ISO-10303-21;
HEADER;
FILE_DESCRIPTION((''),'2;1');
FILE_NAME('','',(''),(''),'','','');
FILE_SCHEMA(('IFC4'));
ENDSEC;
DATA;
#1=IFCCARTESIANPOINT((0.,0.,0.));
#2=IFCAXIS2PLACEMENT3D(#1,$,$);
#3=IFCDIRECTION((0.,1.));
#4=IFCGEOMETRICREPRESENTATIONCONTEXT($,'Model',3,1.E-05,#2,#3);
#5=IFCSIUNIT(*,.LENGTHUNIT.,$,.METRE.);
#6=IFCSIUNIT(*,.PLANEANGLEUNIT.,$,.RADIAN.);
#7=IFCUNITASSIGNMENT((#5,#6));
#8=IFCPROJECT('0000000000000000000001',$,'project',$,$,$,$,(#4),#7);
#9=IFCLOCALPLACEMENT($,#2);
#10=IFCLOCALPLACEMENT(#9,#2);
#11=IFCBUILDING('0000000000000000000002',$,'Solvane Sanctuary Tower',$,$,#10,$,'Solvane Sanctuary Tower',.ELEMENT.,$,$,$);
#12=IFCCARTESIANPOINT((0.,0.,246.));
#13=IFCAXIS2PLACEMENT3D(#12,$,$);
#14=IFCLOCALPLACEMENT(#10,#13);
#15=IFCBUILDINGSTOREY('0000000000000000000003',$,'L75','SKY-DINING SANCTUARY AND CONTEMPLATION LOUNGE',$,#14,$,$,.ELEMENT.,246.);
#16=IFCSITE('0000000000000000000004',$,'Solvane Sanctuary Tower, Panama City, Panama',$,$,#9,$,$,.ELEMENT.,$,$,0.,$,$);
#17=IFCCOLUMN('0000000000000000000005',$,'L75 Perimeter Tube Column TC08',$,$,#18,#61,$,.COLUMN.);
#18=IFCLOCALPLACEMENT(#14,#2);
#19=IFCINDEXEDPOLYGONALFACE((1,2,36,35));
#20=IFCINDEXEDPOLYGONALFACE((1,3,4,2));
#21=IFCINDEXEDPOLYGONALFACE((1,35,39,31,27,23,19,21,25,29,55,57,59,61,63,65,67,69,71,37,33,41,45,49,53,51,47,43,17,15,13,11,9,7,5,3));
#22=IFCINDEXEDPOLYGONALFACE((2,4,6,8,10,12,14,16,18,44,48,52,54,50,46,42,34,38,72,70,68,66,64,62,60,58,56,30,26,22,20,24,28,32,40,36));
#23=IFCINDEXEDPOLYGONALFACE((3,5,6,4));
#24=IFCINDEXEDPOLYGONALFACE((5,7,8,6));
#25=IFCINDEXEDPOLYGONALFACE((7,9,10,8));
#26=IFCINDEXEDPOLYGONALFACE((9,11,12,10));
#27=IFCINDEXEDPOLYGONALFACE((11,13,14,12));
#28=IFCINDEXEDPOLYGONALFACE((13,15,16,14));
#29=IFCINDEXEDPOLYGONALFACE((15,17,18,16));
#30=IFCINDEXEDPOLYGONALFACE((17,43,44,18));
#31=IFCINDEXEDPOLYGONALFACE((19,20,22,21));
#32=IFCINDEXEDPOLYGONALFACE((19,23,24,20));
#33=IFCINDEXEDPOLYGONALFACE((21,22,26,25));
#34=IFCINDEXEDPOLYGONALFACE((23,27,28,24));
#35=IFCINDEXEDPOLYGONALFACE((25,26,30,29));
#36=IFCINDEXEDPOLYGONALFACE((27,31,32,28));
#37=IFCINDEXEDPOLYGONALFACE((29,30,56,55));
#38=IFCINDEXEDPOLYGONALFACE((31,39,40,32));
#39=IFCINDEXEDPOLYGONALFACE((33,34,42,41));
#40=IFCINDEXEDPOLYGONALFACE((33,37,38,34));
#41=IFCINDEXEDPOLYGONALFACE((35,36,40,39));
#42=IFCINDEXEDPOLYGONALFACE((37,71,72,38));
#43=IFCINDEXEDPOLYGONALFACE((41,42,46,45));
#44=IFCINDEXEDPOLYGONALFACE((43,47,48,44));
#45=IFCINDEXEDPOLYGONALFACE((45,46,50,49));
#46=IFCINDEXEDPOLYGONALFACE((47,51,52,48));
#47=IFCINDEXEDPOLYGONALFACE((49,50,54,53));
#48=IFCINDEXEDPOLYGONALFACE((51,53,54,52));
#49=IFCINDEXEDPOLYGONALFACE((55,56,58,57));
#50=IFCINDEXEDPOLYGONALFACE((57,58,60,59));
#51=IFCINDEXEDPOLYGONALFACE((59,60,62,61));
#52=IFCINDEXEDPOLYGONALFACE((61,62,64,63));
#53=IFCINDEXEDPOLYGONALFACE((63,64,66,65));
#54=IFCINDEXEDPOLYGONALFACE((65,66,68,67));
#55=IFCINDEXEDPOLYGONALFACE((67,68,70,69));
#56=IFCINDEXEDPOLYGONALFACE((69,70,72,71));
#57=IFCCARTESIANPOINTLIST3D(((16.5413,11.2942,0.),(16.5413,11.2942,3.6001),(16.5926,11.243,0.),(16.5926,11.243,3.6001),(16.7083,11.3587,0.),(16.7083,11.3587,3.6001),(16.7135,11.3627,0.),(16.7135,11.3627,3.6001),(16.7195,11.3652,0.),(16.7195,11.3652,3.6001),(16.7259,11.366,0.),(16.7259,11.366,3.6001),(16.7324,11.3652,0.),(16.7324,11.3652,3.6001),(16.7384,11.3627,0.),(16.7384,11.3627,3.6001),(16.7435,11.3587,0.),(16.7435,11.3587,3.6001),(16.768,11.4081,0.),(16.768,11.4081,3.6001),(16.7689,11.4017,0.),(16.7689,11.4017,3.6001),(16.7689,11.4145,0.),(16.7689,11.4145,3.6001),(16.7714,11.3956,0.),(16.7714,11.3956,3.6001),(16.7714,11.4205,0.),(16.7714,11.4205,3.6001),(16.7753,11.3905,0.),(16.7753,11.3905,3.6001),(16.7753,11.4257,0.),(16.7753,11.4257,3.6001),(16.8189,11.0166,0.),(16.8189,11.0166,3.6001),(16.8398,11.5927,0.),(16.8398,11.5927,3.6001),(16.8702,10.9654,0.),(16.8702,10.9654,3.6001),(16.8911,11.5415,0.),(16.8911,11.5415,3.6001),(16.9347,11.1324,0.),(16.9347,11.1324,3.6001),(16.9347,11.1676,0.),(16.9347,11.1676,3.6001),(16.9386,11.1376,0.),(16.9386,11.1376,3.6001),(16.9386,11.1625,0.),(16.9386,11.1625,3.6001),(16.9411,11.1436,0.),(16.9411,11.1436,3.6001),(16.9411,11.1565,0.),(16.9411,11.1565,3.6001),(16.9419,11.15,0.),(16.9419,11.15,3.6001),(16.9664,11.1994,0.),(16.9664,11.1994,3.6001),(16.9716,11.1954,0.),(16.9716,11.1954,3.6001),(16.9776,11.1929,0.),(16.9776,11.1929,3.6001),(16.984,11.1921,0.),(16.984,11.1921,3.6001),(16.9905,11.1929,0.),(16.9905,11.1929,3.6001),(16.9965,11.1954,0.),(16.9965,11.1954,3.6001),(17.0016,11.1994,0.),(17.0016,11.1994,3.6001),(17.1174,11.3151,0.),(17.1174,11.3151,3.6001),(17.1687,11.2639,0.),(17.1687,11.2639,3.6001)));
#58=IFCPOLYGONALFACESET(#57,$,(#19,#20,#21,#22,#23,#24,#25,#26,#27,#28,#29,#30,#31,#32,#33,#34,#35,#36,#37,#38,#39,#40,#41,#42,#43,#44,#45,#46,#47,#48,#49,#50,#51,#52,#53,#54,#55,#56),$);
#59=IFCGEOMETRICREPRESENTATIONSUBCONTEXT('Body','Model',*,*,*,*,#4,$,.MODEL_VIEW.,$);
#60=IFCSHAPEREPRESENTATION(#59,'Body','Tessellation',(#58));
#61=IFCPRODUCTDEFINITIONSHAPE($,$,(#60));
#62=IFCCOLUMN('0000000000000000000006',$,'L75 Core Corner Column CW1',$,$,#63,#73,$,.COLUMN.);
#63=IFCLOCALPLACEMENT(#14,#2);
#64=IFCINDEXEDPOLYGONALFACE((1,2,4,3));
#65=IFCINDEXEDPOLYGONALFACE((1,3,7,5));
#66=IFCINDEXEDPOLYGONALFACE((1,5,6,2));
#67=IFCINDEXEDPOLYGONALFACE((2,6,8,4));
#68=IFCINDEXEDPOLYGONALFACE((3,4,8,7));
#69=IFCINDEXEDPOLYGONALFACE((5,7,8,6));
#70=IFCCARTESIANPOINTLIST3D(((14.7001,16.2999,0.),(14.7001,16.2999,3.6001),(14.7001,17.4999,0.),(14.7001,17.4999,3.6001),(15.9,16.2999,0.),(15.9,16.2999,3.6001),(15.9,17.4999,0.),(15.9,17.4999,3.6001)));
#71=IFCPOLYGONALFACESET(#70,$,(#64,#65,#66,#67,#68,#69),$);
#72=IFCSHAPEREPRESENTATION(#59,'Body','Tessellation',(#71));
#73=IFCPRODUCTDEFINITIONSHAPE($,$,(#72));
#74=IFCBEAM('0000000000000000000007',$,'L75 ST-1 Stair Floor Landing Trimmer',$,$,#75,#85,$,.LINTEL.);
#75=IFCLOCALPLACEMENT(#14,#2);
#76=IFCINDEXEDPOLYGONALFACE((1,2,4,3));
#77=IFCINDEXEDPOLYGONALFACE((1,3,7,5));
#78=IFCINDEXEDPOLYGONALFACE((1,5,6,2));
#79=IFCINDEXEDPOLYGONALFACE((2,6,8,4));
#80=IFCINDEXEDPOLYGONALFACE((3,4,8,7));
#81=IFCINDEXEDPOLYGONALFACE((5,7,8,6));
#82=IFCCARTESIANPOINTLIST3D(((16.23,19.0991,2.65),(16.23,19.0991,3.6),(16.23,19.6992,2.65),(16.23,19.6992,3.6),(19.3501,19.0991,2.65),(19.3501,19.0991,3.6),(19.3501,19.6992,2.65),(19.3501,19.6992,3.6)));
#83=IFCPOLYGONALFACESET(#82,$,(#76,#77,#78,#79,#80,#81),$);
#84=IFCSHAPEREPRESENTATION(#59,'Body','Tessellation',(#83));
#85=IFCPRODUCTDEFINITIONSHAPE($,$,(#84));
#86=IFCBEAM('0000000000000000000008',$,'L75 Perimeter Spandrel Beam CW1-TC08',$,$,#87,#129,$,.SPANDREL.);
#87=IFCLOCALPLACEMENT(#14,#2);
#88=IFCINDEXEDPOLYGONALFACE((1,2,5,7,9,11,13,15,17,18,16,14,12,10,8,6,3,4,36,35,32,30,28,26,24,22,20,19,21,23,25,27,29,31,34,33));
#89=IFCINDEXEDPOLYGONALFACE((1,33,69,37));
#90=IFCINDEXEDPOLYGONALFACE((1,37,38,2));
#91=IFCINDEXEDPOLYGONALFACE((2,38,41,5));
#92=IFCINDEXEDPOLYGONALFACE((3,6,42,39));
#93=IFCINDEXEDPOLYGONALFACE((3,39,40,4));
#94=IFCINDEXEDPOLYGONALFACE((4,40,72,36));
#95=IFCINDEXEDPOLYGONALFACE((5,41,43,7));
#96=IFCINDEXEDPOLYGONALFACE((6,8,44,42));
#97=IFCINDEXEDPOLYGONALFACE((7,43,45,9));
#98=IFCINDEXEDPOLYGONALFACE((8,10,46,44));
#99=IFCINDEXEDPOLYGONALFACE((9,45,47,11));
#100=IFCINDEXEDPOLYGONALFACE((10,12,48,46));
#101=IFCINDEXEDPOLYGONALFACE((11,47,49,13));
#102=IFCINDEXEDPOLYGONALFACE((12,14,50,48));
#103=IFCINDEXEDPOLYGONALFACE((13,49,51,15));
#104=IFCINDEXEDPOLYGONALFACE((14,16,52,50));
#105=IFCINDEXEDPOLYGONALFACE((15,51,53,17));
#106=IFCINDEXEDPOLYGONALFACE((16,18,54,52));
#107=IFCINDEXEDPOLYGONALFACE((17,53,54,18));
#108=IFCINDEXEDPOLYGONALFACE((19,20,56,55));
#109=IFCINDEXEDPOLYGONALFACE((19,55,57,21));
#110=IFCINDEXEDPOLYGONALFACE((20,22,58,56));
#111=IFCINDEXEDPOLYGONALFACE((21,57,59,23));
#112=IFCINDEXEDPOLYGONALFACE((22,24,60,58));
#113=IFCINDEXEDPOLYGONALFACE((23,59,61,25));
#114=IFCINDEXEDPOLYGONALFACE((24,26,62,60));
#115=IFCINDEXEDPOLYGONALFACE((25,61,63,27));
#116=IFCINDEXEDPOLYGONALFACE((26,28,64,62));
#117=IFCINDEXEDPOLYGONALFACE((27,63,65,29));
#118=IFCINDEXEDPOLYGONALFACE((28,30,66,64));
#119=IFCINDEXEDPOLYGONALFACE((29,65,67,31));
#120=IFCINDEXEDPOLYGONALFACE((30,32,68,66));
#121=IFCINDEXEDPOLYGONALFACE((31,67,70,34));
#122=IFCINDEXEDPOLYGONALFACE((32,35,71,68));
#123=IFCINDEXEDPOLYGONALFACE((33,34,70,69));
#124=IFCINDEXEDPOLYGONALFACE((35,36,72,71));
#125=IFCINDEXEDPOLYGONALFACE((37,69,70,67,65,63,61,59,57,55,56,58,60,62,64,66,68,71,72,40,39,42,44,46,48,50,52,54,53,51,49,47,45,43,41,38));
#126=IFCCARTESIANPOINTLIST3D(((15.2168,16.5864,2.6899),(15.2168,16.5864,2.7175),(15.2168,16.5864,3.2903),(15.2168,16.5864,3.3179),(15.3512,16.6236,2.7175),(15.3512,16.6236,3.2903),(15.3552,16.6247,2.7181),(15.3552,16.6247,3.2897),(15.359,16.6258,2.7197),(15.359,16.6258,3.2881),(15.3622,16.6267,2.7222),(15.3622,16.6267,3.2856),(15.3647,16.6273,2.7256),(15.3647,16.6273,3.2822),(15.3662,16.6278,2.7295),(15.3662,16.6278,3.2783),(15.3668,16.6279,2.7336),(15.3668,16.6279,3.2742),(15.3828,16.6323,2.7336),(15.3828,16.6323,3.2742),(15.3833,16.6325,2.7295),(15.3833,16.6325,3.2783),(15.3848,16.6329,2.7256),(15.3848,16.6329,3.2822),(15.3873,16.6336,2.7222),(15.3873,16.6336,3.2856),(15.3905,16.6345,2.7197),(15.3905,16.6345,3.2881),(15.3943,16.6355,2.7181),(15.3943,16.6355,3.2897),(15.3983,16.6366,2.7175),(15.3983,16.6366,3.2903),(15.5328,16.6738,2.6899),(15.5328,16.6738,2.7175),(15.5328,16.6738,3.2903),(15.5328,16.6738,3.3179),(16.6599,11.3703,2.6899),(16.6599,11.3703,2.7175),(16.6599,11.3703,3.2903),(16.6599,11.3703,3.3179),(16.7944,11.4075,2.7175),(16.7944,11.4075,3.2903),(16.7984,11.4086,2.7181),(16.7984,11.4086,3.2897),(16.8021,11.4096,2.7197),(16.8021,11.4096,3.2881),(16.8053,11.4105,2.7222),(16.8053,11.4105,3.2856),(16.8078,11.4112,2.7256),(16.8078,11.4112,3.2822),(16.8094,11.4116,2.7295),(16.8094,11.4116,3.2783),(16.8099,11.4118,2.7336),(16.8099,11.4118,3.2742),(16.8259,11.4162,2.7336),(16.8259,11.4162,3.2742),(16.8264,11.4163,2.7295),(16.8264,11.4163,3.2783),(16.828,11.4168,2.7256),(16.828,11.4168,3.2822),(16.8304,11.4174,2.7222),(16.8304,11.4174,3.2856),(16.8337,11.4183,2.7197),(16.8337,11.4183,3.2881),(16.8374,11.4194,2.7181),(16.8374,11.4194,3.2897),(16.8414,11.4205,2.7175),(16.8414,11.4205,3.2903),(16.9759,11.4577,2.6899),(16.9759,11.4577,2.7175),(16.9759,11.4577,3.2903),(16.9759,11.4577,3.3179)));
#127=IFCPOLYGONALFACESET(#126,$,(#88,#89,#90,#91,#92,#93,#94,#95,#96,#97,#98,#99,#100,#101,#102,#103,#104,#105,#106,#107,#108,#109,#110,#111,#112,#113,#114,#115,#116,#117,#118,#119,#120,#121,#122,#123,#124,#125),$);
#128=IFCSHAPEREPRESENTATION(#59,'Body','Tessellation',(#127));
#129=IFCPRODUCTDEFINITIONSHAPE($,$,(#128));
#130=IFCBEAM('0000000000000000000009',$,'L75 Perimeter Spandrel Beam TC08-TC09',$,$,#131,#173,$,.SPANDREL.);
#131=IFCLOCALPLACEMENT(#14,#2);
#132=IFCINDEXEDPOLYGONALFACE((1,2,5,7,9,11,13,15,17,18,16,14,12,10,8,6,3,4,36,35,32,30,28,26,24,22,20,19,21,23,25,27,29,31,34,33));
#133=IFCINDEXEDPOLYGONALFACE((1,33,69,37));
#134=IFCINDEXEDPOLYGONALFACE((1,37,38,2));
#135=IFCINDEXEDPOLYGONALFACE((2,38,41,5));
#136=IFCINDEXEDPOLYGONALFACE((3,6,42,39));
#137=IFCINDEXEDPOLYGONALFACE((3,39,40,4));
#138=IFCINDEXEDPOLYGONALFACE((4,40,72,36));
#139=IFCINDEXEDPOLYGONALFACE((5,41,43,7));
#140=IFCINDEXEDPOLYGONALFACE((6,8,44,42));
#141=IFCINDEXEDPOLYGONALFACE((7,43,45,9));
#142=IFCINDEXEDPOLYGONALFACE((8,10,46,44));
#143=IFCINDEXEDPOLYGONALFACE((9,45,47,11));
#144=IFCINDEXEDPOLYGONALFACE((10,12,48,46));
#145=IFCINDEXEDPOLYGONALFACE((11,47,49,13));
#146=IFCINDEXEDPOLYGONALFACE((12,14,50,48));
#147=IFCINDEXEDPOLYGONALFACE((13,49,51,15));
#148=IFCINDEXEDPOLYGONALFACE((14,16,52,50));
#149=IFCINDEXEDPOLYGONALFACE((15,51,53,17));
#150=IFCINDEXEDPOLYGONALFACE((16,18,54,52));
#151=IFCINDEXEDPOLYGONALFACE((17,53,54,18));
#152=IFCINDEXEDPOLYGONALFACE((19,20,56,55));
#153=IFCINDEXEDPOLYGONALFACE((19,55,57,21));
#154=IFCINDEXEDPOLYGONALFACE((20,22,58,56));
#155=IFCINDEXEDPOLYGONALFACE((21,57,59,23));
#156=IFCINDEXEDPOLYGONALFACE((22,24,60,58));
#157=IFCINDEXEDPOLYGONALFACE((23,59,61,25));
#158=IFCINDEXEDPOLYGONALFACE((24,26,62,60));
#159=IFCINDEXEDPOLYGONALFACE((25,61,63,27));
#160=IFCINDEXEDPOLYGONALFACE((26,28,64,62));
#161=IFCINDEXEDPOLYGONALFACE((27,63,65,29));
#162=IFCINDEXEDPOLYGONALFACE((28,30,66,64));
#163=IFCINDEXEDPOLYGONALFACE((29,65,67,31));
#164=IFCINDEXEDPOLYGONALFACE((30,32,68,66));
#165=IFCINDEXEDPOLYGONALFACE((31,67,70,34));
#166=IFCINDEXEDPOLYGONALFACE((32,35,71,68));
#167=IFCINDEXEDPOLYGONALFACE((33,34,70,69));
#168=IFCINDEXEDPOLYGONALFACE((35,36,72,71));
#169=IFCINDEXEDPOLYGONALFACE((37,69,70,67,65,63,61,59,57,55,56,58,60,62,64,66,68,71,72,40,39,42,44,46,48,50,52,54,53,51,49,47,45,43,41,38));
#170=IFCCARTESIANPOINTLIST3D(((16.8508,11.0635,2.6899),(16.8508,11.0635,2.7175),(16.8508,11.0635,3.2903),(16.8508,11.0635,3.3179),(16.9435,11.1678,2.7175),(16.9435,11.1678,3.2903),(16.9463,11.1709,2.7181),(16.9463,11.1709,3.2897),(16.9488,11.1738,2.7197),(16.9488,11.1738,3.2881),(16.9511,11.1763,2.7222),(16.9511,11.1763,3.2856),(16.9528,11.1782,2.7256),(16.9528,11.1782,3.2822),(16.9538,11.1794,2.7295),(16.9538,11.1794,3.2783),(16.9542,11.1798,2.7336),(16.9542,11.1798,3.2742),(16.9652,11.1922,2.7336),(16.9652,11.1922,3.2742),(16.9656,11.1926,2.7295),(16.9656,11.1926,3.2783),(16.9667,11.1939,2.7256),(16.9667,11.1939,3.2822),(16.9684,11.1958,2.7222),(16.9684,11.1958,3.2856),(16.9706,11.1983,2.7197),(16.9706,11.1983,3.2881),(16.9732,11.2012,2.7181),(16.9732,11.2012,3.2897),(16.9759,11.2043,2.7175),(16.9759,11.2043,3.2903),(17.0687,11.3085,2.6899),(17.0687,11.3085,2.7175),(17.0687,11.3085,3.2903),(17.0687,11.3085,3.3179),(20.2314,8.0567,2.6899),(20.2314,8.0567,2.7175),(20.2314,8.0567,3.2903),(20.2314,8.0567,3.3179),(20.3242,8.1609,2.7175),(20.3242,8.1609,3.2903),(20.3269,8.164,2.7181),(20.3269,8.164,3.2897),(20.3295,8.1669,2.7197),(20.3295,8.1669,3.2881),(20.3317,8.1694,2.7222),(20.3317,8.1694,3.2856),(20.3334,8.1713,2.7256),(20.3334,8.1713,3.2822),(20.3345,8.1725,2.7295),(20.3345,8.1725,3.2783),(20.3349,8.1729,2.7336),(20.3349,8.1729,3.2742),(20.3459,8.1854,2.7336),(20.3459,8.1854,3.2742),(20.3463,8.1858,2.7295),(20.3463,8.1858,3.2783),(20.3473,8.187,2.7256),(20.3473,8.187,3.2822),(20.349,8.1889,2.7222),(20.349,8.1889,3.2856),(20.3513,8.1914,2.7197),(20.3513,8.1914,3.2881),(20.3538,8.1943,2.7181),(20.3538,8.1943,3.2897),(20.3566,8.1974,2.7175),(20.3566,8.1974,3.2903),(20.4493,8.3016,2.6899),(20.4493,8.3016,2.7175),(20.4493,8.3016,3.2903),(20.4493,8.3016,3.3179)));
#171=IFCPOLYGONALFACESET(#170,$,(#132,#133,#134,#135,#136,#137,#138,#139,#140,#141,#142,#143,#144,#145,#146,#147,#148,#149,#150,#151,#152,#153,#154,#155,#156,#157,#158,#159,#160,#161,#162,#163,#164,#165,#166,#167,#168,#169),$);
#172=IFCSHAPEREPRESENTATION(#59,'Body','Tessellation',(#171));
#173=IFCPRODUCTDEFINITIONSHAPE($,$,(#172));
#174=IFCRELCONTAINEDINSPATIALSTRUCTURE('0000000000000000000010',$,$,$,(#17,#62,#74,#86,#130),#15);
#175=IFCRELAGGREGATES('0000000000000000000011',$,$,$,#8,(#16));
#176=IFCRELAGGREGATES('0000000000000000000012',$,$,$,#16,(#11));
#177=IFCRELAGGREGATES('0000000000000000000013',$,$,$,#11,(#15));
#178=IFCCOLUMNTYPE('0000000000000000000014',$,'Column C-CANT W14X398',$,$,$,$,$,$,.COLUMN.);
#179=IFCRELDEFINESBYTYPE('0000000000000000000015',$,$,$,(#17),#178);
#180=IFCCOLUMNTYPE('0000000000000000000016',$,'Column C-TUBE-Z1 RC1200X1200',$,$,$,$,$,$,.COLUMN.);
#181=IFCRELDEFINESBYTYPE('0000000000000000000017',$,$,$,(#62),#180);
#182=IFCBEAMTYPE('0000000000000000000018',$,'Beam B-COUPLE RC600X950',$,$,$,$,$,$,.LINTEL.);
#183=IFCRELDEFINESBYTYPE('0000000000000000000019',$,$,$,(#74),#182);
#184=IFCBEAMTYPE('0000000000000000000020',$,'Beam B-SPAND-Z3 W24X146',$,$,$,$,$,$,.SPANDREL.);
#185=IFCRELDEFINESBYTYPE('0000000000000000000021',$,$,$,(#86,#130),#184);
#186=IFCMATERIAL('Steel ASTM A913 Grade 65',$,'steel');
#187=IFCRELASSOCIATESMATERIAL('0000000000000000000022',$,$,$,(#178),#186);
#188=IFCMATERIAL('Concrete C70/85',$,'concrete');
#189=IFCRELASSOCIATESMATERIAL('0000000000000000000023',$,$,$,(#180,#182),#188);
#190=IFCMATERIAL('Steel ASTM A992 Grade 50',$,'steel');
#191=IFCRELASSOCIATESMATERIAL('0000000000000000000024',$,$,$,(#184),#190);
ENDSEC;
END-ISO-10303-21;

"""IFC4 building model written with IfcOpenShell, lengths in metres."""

from ifc_helpers import new_model, si_unit, direction, frame, origin, origin_2d, place, context, subcontext, project, spatial, rectangle, i_section, extrude, material, material_profile, profile_set, type_object, element, save


model = new_model("IFC4")

# Units and contexts
model_context = context("Model", 3, precision=1e-05, world=origin(), true_north=direction((0.0, 1.0)))
body_context = subcontext(model_context, "Body", "Model", "MODEL_VIEW")
ifc_project = project(units=[si_unit("LENGTHUNIT", "METRE"), si_unit("PLANEANGLEUNIT", "RADIAN")], contexts=[model_context])

# Site, building, storey
site_placement = place(None, origin())
site = spatial("IfcSite", under=ifc_project, at=site_placement, Name="Solvane Sanctuary Tower, Panama City, Panama", CompositionType="ELEMENT", RefElevation=0.0)
building_placement = place(site_placement, origin())
building = spatial("IfcBuilding", under=site, at=building_placement, Name="Solvane Sanctuary Tower", LongName="Solvane Sanctuary Tower", CompositionType="ELEMENT")
storey_placement = place(building_placement, frame((0.0, 0.0, 246.0)))
storey = spatial("IfcBuildingStorey", under=building, at=storey_placement, Name="L75", Description="SKY-DINING SANCTUARY AND CONTEMPLATION LOUNGE", CompositionType="ELEMENT", Elevation=246.0)

# Columns
ifc_material_1 = material(Name="Steel ASTM A913 Grade 65", Category="steel")
ifc_material_profile_1 = material_profile(ifc_material_1, i_section(OverallWidth=0.4221, OverallDepth=0.4651, WebThickness=0.0449, FlangeThickness=0.0725, FilletRadius=0.0249, at=origin_2d()), Name="W14X398")
ifc_profile_set_1 = profile_set([ifc_material_profile_1], Name="Steel ASTM A913 Grade 65")
column_type_1 = type_object("IfcColumnType", Name="Column C-CANT W14X398", PredefinedType="COLUMN", material=ifc_profile_set_1)
column_1_placement = place(storey_placement, frame((16.855, 11.2791, 0.0), z_axis=(0.0, 0.0, 1.0), x_axis=(-0.707107, -0.707107, 0.0)))
element("IfcColumn", 1, at=column_1_placement, inside=storey, type_object=column_type_1, Name="L75 Perimeter Tube Column TC08", PredefinedType="COLUMN", context=body_context, shape_type="SweptSolid", body=[
    extrude(i_section(OverallWidth=0.4221, OverallDepth=0.4651, WebThickness=0.0449, FlangeThickness=0.0725, FilletRadius=0.0249, at=origin_2d()), origin(), (0.0, 0.0, 1.0), 3.6001),
])
ifc_material_2 = material(Name="Concrete C70/85", Category="concrete")
ifc_material_profile_2 = material_profile(ifc_material_2, rectangle(XDim=1.2, YDim=1.2, at=origin_2d()), Name="RC1200X1200")
ifc_profile_set_2 = profile_set([ifc_material_profile_2], Name="Concrete C70/85")
column_type_2 = type_object("IfcColumnType", Name="Column C-TUBE-Z1 RC1200X1200", PredefinedType="COLUMN", material=ifc_profile_set_2)
column_2_placement = place(storey_placement, frame((15.3, 16.8999, 0.0), z_axis=(0.0, 0.0, 1.0), x_axis=(1.0, 0.0, 0.0)))
element("IfcColumn", 2, at=column_2_placement, inside=storey, type_object=column_type_2, Name="L75 Core Corner Column CW1", PredefinedType="COLUMN", context=body_context, shape_type="SweptSolid", body=[
    extrude(rectangle(XDim=1.2, YDim=1.2, at=origin_2d()), origin(), (0.0, 0.0, 1.0), 3.6001),
])

# Beams
ifc_material_profile_3 = material_profile(ifc_material_2, rectangle(XDim=0.6001, YDim=0.95, at=origin_2d()), Name="RC600X950")
ifc_profile_set_3 = profile_set([ifc_material_profile_3], Name="Concrete C70/85")
beam_type_1 = type_object("IfcBeamType", Name="Beam B-COUPLE RC600X950", PredefinedType="LINTEL", material=ifc_profile_set_3)
beam_1_placement = place(storey_placement, frame((16.23, 19.3992, 3.125), z_axis=(1.0, 0.0, 0.0), x_axis=(0.0, 1.0, 0.0)))
element("IfcBeam", 3, at=beam_1_placement, inside=storey, type_object=beam_type_1, Name="L75 ST-1 Stair Floor Landing Trimmer", PredefinedType="LINTEL", context=body_context, shape_type="SweptSolid", body=[
    extrude(rectangle(XDim=0.6001, YDim=0.95, at=origin_2d()), origin(), (0.0, 0.0, 1.0), 3.1201),
])
ifc_material_3 = material(Name="Steel ASTM A992 Grade 50", Category="steel")
ifc_material_profile_4 = material_profile(ifc_material_3, i_section(OverallWidth=0.3279, OverallDepth=0.6279, WebThickness=0.0166, FlangeThickness=0.0276, FilletRadius=0.0161, at=origin_2d()), Name="W24X146")
ifc_profile_set_4 = profile_set([ifc_material_profile_4], Name="Steel ASTM A992 Grade 50")
beam_type_2 = type_object("IfcBeamType", Name="Beam B-SPAND-Z3 W24X146", PredefinedType="SPANDREL", material=ifc_profile_set_4)
beam_2_placement = place(storey_placement, frame((15.3748, 16.6301, 3.0039), z_axis=(0.26665, -0.963793, 0.0), x_axis=(0.963793, 0.26665, 0.0)))
element("IfcBeam", 4, at=beam_2_placement, inside=storey, type_object=beam_type_2, Name="L75 Perimeter Spandrel Beam CW1-TC08", PredefinedType="SPANDREL", context=body_context, shape_type="SweptSolid", body=[
    extrude(i_section(OverallWidth=0.3279, OverallDepth=0.6279, WebThickness=0.0166, FlangeThickness=0.0276, FilletRadius=0.0161, at=origin_2d()), origin(), (0.0, 0.0, 1.0), 5.4121),
])
beam_3_placement = place(storey_placement, frame((16.9597, 11.186, 3.0039), z_axis=(0.747207, -0.664592, 0.0), x_axis=(0.664592, 0.747207, 0.0)))
element("IfcBeam", 5, at=beam_3_placement, inside=storey, type_object=beam_type_2, Name="L75 Perimeter Spandrel Beam TC08-TC09", PredefinedType="SPANDREL", context=body_context, shape_type="SweptSolid", body=[
    extrude(i_section(OverallWidth=0.3279, OverallDepth=0.6279, WebThickness=0.0166, FlangeThickness=0.0276, FilletRadius=0.0161, at=origin_2d()), origin(), (0.0, 0.0, 1.0), 4.5244),
])

save(model, "model.ifc")
